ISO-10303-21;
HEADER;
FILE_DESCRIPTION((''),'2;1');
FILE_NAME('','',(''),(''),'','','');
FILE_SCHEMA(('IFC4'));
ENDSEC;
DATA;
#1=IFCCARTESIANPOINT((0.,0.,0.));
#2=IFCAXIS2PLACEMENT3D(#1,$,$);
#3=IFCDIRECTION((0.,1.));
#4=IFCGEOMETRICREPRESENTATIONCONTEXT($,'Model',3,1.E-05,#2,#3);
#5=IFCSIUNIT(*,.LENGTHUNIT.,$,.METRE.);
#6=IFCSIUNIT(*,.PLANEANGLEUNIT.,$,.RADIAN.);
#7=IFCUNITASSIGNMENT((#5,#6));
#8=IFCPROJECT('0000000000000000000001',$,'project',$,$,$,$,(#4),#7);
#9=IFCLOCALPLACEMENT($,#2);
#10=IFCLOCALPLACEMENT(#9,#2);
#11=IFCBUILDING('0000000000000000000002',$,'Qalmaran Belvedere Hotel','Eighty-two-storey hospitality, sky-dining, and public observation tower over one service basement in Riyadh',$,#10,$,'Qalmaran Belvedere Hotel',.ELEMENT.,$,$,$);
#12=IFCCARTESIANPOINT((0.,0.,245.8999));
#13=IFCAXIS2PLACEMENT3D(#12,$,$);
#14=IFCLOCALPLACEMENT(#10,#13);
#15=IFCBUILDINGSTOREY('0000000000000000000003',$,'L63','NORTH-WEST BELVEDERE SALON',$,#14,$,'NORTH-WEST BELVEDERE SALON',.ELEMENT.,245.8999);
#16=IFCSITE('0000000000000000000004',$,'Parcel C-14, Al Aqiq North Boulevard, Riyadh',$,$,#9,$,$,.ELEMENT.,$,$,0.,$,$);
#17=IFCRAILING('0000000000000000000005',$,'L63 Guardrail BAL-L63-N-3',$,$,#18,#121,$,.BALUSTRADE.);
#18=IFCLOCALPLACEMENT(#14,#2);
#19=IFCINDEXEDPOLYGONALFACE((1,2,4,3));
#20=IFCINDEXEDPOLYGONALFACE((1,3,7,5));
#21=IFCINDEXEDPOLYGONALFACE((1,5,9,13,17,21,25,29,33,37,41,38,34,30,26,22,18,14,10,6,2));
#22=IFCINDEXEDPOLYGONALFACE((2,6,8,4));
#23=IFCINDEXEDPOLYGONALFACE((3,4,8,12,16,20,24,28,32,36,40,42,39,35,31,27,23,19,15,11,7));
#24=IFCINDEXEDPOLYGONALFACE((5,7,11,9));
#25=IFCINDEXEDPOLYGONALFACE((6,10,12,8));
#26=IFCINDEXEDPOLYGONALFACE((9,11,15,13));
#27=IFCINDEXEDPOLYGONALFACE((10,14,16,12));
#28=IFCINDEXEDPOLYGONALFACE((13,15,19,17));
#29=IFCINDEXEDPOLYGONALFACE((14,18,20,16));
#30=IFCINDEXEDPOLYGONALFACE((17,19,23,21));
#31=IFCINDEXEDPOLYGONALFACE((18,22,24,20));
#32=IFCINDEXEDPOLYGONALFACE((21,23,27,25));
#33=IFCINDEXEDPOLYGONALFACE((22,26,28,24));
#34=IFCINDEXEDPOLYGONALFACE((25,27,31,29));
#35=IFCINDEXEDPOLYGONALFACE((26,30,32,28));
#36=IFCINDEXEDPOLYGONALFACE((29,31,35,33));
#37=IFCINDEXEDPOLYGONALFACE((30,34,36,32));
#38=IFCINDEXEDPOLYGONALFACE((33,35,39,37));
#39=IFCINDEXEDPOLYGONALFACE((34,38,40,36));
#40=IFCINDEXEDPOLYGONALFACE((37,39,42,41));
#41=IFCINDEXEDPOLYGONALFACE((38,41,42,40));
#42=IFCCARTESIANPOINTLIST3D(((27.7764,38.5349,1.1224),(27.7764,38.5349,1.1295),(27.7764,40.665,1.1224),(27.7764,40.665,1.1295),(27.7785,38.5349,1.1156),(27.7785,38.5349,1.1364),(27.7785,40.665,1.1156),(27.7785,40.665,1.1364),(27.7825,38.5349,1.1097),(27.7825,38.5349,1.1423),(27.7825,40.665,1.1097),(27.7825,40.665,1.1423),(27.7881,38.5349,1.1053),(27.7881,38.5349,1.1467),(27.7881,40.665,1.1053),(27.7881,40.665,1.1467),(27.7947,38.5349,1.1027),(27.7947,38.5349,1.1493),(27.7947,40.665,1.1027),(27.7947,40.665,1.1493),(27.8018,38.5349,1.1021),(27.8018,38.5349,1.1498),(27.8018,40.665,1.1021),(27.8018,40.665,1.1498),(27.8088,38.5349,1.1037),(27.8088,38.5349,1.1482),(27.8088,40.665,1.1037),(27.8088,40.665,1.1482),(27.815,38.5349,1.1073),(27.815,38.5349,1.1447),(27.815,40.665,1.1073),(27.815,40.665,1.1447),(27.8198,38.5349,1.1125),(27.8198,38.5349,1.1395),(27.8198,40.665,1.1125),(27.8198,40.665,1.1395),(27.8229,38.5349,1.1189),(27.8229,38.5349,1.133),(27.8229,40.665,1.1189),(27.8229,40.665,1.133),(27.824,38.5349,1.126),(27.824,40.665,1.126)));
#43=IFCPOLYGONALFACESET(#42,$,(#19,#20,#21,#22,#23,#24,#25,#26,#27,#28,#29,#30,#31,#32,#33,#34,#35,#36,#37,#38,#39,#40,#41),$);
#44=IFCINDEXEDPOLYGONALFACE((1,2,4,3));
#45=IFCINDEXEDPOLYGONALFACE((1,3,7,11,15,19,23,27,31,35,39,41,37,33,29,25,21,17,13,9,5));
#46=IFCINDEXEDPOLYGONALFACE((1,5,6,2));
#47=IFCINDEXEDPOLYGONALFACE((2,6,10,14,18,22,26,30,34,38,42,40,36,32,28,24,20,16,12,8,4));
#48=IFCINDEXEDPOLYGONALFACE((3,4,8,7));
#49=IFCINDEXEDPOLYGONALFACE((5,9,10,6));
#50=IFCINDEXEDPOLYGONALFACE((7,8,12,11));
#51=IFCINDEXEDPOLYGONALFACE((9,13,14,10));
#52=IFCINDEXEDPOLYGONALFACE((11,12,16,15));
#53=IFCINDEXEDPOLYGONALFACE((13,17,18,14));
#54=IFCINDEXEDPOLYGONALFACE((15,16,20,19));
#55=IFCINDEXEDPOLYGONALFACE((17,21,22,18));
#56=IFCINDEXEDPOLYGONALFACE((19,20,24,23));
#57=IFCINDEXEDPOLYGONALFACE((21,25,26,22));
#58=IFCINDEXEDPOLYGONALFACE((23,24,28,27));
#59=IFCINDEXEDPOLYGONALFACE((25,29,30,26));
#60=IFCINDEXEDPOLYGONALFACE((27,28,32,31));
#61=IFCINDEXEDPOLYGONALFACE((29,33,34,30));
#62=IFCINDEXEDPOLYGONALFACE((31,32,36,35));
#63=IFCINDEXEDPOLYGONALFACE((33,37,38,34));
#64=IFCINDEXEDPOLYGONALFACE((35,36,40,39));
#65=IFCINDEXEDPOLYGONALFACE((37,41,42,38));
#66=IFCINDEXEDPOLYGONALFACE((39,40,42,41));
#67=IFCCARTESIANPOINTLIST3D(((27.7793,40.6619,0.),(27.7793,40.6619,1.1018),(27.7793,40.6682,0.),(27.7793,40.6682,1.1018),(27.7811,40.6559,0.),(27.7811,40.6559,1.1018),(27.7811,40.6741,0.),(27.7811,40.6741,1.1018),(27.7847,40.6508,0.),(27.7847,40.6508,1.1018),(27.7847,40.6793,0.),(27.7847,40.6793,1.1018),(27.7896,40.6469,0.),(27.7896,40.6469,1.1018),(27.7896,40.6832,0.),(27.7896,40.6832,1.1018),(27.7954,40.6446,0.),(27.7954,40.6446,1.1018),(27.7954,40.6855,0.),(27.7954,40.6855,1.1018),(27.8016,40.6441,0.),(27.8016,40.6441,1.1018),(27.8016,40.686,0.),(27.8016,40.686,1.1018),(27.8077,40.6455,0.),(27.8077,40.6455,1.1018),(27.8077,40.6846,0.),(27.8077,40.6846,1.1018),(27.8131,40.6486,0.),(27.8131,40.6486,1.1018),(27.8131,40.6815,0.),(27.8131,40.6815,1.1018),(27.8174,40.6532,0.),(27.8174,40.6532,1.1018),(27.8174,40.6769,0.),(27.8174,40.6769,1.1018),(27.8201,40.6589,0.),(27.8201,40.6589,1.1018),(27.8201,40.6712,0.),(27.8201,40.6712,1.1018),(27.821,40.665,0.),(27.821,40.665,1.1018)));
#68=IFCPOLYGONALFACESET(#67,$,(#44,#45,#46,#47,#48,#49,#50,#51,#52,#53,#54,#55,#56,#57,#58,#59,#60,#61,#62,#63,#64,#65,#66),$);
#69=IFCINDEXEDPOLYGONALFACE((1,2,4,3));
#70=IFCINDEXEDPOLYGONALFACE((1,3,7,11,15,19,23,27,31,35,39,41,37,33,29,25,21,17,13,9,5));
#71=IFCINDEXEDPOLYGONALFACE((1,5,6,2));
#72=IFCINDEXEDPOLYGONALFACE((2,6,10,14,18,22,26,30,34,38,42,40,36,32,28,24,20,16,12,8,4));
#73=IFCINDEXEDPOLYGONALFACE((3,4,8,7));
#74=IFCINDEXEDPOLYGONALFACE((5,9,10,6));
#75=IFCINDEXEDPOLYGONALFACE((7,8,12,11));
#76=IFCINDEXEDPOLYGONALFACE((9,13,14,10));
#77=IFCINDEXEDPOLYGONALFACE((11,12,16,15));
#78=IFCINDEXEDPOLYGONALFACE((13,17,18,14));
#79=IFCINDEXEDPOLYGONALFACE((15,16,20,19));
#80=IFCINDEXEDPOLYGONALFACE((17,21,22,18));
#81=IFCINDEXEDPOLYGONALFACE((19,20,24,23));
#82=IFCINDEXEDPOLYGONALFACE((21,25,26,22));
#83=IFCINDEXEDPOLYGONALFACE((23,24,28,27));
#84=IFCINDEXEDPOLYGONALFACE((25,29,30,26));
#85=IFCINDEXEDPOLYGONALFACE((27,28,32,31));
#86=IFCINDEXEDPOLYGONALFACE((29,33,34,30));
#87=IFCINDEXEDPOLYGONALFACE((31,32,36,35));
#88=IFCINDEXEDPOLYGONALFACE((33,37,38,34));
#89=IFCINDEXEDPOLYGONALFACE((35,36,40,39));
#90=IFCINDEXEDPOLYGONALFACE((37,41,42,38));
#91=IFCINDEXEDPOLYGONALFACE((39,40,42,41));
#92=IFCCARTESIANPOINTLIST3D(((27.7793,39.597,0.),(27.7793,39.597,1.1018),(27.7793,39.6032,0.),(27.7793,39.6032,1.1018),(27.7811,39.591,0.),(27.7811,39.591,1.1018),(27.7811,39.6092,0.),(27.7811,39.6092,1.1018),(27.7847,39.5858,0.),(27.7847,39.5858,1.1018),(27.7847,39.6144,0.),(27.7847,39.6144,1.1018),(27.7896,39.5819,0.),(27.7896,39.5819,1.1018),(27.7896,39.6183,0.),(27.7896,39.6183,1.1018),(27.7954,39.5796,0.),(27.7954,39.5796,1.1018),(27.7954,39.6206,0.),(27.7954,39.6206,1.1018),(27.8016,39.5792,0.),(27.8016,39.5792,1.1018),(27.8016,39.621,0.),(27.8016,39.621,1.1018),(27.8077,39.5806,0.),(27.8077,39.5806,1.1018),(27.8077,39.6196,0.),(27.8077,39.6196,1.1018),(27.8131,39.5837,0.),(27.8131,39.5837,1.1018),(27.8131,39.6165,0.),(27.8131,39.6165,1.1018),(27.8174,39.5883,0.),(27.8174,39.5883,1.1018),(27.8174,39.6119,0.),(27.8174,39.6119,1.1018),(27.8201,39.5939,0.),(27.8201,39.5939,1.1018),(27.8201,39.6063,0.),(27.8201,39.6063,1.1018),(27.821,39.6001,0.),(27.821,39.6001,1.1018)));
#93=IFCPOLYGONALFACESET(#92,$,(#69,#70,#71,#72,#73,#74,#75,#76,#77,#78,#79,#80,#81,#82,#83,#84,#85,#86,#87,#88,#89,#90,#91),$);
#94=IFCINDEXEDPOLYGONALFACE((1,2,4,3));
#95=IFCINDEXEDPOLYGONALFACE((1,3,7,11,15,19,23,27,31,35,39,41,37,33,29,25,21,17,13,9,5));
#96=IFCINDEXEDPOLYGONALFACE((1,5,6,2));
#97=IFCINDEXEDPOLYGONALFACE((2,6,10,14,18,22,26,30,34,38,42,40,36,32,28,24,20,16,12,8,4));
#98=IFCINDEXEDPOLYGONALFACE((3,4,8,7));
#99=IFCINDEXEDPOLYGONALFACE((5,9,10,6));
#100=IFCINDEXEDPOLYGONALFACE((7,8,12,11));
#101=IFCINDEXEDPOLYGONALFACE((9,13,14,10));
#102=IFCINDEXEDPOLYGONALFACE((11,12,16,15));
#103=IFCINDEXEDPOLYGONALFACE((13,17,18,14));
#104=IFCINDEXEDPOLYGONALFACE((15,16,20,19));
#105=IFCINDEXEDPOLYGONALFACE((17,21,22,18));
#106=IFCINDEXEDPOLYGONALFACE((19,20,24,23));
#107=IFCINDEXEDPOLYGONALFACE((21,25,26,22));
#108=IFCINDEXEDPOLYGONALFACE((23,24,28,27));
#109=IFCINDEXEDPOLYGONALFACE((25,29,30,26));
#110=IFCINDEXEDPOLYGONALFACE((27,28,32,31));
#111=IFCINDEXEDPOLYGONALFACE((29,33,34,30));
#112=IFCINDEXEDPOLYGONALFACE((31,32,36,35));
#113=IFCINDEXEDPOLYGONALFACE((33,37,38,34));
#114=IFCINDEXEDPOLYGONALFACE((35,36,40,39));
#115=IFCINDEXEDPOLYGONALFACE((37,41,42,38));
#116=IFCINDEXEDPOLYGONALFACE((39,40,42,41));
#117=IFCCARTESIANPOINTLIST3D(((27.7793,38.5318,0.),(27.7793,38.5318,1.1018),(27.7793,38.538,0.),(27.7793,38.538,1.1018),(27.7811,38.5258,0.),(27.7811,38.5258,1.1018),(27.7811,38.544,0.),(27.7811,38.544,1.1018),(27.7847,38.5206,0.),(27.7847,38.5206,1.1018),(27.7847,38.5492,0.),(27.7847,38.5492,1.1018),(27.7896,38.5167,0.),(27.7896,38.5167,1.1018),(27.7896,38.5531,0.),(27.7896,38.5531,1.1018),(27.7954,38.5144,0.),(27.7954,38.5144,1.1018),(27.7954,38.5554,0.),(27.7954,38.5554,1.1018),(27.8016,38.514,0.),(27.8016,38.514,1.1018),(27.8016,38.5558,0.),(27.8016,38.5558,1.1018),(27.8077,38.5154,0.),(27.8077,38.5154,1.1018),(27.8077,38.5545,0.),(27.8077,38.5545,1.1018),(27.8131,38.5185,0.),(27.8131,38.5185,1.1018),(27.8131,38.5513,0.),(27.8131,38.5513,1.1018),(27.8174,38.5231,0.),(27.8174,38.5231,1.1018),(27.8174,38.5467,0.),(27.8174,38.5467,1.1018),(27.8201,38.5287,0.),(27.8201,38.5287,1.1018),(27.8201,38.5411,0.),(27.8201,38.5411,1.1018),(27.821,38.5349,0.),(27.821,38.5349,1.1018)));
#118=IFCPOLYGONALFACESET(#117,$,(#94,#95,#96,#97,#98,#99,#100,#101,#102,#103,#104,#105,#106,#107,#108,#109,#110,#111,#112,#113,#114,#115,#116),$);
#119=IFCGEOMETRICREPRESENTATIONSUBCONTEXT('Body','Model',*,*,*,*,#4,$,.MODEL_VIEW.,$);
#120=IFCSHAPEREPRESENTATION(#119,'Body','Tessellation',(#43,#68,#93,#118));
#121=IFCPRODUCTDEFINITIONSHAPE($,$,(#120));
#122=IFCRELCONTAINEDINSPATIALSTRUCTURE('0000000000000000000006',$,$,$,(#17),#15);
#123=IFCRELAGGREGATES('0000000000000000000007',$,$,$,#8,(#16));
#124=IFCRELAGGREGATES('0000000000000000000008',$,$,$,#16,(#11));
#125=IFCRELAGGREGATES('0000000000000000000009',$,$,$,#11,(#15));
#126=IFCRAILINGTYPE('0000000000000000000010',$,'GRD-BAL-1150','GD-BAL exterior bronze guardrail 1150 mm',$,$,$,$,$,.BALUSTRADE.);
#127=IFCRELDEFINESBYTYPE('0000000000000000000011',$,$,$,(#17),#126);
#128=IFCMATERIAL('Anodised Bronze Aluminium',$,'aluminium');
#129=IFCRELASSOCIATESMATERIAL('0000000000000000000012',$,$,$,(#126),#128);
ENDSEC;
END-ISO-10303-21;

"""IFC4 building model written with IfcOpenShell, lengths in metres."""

from ifc_helpers import new_model, si_unit, direction, frame, origin, origin_2d, place, context, subcontext, project, spatial, circle, extrude, material, type_object, element, save


model = new_model("IFC4")

# Units and contexts
model_context = context("Model", 3, precision=1e-05, world=origin(), true_north=direction((0.0, 1.0)))
body_context = subcontext(model_context, "Body", "Model", "MODEL_VIEW")
ifc_project = project(units=[si_unit("LENGTHUNIT", "METRE"), si_unit("PLANEANGLEUNIT", "RADIAN")], contexts=[model_context])

# Site, building, storey
site_placement = place(None, origin())
site = spatial("IfcSite", under=ifc_project, at=site_placement, Name="Parcel C-14, Al Aqiq North Boulevard, Riyadh", CompositionType="ELEMENT", RefElevation=0.0)
building_placement = place(site_placement, origin())
building = spatial("IfcBuilding", under=site, at=building_placement, Name="Qalmaran Belvedere Hotel", Description="Eighty-two-storey hospitality, sky-dining, and public observation tower over one service basement in Riyadh", LongName="Qalmaran Belvedere Hotel", CompositionType="ELEMENT")
storey_placement = place(building_placement, frame((0.0, 0.0, 245.8999)))
storey = spatial("IfcBuildingStorey", under=building, at=storey_placement, Name="L63", Description="NORTH-WEST BELVEDERE SALON", LongName="NORTH-WEST BELVEDERE SALON", CompositionType="ELEMENT", Elevation=245.8999)

# Shared definitions
ifc_material_1 = material(Name="Anodised Bronze Aluminium", Category="aluminium")

# Railing
railing_type = type_object("IfcRailingType", Name="GRD-BAL-1150", Description="GD-BAL exterior bronze guardrail 1150 mm", PredefinedType="BALUSTRADE", material=ifc_material_1)
railing_placement = place(storey_placement, frame((27.8, 40.665, 0.0)))
element("IfcRailing", 1, at=railing_placement, inside=storey, type_object=railing_type, Name="L63 Guardrail BAL-L63-N-3", PredefinedType="BALUSTRADE", context=body_context, shape_type="SweptSolid", body=[
    extrude(circle(Radius=0.0239, at=origin_2d()), frame((0.0, 0.0, 1.126), z_axis=(0.0, -1.0, 0.0), x_axis=(1.0, 0.0, 0.0)), (0.0, 0.0, 1.0), 2.1301),
    extrude(circle(Radius=0.021, at=origin_2d()), origin(), (0.0, 0.0, 1.0), 1.1018),
    extrude(circle(Radius=0.021, at=origin_2d()), frame((0.0, -1.0649, 0.0)), (0.0, 0.0, 1.0), 1.1018),
    extrude(circle(Radius=0.021, at=origin_2d()), frame((0.0, -2.1301, 0.0)), (0.0, 0.0, 1.0), 1.1018),
])

save(model, "model.ifc")
